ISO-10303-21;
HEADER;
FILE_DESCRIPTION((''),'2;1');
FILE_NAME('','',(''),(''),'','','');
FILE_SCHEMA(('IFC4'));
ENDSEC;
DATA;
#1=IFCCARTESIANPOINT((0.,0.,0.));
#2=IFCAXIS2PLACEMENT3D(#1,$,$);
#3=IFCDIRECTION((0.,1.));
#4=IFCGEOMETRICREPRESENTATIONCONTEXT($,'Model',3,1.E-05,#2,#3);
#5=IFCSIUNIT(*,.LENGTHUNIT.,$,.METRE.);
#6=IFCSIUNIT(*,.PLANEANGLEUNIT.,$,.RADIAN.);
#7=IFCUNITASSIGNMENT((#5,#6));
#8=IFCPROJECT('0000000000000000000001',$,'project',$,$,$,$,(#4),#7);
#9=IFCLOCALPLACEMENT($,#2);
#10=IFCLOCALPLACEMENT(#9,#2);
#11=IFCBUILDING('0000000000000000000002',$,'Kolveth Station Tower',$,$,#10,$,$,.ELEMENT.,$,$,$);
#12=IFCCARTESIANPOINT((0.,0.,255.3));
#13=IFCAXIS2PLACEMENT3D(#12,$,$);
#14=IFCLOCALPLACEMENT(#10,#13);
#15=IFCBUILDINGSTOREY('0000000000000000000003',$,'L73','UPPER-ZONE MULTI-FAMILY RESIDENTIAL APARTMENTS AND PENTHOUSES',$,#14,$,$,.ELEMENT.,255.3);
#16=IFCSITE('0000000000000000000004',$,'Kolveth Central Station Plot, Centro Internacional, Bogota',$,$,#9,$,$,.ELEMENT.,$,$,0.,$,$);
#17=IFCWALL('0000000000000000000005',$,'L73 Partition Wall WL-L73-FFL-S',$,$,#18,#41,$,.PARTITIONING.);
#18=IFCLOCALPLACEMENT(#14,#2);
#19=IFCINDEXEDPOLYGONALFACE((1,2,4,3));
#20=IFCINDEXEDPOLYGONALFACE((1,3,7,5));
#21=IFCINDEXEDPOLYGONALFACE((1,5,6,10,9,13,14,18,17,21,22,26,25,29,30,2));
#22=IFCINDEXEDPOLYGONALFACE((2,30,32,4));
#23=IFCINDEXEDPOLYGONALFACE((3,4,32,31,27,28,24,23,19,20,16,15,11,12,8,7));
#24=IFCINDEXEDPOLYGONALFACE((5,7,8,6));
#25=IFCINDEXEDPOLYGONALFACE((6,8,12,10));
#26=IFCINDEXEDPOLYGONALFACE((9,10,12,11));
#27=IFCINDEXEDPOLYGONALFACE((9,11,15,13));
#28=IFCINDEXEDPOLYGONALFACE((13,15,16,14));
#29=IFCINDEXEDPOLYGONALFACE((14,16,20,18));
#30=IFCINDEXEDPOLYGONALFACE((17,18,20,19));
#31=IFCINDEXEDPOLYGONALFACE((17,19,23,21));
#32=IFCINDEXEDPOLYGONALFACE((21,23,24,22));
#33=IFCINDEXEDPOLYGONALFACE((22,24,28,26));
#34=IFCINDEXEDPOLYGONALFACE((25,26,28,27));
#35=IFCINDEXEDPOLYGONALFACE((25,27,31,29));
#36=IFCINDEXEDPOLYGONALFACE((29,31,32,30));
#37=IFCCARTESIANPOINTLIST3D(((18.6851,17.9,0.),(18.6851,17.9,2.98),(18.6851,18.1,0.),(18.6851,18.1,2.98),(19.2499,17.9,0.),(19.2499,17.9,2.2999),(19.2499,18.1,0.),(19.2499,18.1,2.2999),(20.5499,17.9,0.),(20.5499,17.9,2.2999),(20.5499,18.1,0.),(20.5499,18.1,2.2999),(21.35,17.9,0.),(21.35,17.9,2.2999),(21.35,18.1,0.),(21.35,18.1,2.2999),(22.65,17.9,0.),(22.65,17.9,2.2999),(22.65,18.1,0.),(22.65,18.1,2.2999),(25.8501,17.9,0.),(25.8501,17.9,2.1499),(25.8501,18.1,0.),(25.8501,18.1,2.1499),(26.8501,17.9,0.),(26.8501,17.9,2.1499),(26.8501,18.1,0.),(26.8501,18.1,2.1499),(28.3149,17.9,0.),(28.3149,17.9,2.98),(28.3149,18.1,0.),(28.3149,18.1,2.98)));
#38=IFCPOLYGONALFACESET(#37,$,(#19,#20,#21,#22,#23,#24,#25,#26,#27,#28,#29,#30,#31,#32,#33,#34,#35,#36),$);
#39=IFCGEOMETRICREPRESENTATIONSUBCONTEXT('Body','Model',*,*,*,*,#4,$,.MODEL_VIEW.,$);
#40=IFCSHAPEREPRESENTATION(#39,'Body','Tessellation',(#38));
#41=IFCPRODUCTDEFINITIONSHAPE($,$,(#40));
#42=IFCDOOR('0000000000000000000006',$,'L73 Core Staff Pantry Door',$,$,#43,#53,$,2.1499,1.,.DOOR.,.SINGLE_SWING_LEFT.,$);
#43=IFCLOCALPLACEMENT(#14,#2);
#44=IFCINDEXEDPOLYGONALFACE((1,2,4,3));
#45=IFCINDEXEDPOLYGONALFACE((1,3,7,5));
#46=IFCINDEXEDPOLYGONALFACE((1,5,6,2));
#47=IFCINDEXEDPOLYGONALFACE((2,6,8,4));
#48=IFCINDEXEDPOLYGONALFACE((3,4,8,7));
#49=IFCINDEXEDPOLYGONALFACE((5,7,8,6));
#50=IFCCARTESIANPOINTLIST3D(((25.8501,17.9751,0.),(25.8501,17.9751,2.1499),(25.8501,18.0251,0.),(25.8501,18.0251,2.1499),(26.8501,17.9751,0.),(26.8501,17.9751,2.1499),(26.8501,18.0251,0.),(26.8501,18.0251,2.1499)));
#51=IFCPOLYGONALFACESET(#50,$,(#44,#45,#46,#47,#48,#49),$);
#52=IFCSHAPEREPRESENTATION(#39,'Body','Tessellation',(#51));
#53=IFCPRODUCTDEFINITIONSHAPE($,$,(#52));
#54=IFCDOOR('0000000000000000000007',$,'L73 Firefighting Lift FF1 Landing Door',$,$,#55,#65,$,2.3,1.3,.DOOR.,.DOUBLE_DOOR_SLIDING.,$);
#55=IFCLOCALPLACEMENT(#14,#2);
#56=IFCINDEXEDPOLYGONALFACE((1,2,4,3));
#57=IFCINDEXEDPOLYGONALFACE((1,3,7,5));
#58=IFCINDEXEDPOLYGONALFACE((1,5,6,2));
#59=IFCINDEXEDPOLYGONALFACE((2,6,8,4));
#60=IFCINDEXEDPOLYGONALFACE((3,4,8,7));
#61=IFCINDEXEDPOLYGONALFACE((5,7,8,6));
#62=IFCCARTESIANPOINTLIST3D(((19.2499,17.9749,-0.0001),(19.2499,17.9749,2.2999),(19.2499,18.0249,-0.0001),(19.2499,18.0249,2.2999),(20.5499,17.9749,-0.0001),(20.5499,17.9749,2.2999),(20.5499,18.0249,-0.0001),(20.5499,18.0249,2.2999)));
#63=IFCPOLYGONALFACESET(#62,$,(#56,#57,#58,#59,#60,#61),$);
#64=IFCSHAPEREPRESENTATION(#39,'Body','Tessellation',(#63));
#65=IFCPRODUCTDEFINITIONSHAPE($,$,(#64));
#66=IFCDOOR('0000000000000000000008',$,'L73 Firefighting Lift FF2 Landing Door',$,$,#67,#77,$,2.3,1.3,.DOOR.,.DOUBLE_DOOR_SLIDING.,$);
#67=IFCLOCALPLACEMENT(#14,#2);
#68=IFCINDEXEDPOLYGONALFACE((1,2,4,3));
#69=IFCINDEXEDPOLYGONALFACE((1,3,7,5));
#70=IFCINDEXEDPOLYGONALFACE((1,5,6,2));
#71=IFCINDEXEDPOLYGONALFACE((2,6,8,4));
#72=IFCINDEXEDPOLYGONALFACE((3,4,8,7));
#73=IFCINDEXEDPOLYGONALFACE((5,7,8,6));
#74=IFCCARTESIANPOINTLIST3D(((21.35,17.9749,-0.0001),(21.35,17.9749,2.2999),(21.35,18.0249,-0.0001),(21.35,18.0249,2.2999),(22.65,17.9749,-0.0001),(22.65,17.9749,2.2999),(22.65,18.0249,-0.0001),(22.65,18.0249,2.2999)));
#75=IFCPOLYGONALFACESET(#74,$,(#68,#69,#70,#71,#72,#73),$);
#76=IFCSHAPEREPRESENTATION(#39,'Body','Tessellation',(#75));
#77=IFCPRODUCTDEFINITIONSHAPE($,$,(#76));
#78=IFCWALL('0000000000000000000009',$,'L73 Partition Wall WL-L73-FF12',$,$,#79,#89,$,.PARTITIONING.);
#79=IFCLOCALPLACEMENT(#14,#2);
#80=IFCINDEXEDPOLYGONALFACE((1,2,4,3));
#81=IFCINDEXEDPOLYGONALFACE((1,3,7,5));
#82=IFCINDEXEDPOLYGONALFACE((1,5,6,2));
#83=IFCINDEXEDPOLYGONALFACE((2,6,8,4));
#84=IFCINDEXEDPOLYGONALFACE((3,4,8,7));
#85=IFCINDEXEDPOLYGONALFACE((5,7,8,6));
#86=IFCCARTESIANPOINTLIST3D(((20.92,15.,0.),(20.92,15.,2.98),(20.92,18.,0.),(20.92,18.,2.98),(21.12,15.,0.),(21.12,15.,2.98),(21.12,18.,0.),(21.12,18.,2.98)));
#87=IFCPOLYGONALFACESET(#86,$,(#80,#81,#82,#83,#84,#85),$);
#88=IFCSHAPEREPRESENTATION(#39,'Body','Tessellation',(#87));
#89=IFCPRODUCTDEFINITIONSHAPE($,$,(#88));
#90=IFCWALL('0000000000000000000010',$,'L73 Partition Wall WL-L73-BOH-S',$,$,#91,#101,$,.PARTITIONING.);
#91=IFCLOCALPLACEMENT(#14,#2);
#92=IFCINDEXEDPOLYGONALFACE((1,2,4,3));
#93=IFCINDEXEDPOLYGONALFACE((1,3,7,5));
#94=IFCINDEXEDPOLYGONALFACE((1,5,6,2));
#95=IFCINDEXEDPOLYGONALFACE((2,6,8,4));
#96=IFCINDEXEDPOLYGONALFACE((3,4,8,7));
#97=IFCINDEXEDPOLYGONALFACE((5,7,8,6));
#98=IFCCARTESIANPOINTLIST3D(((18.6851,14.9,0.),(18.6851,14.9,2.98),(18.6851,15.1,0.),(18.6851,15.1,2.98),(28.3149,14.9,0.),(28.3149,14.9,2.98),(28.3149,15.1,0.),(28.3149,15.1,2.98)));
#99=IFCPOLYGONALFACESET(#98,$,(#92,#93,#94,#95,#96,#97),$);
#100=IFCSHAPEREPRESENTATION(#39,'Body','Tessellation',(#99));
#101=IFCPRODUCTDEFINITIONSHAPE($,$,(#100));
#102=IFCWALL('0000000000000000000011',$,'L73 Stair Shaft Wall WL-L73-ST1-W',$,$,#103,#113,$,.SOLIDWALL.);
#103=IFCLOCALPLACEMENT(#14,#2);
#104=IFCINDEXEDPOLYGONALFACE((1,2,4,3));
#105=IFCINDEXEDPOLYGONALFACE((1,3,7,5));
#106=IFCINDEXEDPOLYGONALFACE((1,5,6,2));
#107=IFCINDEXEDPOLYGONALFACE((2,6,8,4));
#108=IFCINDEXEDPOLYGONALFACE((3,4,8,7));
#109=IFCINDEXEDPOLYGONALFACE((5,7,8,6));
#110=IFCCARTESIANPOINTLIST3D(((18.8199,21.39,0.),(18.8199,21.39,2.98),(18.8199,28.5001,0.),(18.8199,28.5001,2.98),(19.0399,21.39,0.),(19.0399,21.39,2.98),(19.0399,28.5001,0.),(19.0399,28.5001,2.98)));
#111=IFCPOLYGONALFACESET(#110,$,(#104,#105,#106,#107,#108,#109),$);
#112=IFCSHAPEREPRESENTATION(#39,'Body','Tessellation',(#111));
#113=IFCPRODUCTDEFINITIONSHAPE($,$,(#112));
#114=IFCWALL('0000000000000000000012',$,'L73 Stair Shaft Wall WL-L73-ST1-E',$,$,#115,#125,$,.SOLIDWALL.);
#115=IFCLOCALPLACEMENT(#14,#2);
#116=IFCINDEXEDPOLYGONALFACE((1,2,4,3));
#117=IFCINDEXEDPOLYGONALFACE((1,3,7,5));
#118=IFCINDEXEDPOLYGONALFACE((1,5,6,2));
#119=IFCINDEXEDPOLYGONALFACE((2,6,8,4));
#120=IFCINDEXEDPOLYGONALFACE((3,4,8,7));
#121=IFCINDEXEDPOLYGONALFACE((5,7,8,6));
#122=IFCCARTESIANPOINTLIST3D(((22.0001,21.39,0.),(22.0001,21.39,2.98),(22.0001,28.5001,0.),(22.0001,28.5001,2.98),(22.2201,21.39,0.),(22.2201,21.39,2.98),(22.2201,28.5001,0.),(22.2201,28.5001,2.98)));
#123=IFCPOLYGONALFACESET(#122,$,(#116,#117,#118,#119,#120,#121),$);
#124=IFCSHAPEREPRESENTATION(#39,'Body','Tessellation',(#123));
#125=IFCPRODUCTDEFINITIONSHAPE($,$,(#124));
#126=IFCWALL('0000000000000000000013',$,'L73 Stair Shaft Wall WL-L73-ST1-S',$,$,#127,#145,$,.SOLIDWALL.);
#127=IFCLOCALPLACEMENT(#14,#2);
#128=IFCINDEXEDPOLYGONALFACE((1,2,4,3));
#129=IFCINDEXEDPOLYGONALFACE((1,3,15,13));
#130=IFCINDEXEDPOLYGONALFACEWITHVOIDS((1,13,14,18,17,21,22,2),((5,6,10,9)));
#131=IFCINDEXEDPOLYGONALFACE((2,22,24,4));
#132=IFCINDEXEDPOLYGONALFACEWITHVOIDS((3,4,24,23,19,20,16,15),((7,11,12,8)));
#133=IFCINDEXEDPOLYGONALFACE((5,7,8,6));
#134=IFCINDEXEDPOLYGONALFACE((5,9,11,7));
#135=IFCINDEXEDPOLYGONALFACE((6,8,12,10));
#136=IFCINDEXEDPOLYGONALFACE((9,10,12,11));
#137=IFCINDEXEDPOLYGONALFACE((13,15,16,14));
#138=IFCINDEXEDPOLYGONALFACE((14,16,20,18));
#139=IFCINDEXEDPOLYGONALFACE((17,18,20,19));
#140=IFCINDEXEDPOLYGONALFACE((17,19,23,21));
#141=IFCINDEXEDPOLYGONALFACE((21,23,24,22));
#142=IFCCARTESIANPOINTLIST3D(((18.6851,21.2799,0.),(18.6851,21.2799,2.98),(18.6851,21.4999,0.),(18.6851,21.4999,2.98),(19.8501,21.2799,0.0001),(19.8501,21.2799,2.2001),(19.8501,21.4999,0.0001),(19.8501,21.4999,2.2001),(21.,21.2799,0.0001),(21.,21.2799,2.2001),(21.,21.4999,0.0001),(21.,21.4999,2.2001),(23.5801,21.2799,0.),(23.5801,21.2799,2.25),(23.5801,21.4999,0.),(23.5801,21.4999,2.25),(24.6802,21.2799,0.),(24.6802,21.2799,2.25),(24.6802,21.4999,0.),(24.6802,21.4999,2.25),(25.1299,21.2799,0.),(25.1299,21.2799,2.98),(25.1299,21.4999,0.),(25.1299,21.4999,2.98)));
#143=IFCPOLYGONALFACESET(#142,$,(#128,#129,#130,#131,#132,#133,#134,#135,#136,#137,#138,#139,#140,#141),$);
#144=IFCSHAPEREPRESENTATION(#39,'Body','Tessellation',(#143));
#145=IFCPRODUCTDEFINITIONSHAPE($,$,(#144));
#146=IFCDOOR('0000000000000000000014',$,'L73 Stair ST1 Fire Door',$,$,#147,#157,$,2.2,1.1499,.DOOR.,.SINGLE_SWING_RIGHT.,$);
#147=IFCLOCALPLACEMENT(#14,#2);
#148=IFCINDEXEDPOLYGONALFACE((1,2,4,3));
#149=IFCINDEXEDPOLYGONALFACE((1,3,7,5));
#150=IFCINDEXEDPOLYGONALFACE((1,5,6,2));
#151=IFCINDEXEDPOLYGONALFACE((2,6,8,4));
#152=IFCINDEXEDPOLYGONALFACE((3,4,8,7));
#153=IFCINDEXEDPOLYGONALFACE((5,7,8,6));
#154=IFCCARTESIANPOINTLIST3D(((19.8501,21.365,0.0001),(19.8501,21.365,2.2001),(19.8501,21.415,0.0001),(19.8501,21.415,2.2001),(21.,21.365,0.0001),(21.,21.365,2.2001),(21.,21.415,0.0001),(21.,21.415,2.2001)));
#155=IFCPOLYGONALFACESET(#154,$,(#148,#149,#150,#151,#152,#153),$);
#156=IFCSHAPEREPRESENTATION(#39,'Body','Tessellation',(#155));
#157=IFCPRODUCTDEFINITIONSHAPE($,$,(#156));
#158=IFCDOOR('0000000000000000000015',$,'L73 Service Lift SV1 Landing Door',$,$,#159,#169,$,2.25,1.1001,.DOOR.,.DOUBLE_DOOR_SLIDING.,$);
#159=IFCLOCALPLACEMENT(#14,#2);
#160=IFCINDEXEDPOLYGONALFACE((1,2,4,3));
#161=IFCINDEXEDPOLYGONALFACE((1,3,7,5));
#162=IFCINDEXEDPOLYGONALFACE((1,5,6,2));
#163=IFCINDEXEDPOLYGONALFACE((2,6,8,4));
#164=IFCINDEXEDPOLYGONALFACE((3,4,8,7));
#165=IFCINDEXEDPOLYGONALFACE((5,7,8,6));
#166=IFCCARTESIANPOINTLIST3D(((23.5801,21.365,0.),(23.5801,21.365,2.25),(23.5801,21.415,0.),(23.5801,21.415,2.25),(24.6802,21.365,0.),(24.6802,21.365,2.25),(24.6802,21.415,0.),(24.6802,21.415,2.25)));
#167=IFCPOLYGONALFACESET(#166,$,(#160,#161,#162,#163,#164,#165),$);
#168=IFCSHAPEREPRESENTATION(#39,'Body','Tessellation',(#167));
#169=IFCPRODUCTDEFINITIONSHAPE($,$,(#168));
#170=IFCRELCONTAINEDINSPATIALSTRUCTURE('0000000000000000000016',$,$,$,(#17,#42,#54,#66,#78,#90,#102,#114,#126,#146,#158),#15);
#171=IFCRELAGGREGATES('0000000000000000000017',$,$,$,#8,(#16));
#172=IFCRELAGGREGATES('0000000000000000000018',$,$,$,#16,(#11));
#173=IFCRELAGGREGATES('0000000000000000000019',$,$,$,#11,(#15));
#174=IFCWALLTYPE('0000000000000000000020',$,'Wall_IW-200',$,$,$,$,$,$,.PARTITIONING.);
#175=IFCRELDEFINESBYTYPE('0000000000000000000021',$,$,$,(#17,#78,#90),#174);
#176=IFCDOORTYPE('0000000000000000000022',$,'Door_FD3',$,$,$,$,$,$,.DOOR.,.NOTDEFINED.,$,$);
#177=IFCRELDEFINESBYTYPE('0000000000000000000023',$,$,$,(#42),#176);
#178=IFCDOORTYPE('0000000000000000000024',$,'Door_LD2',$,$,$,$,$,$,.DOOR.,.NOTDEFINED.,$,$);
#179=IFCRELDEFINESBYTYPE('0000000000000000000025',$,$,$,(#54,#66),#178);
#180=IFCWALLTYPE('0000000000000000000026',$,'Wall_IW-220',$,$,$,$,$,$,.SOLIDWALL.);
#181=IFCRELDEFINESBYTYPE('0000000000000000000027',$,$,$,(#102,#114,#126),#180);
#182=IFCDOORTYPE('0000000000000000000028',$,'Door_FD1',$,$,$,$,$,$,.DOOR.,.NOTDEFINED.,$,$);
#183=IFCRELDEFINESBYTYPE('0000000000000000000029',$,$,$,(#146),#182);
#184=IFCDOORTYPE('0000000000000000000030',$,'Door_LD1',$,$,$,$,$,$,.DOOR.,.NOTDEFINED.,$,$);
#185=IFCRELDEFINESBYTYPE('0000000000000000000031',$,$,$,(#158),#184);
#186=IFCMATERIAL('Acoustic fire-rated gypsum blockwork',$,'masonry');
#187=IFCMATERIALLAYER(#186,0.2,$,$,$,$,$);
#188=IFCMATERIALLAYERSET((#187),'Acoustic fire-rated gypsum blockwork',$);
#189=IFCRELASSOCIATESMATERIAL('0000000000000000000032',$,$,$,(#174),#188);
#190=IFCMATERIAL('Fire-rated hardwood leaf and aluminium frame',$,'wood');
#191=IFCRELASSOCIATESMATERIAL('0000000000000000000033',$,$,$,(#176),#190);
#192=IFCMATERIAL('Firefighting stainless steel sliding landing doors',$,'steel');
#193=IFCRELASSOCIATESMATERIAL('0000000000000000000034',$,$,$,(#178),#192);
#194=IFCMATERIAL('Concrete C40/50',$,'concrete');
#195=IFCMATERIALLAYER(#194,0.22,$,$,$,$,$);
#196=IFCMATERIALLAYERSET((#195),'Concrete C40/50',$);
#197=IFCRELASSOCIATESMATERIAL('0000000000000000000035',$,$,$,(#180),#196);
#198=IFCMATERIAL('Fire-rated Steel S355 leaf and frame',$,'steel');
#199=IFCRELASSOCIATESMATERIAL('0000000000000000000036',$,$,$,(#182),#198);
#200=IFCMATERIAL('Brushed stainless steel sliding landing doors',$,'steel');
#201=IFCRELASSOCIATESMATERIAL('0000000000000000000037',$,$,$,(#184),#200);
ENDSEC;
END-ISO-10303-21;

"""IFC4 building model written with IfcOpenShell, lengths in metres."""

from ifc_helpers import new_model, si_unit, direction, frame, frame_2d, origin, place, context, subcontext, project, spatial, rectangle, extrude, material, layer, layer_set, type_object, element, fill, save


model = new_model("IFC4")

# Units and contexts
model_context = context("Model", 3, precision=1e-05, world=origin(), true_north=direction((0.0, 1.0)))
body_context = subcontext(model_context, "Body", "Model", "MODEL_VIEW")
ifc_project = project(units=[si_unit("LENGTHUNIT", "METRE"), si_unit("PLANEANGLEUNIT", "RADIAN")], contexts=[model_context])

# Site, building, storey
site_placement = place(None, origin())
site = spatial("IfcSite", under=ifc_project, at=site_placement, Name="Kolveth Central Station Plot, Centro Internacional, Bogota", CompositionType="ELEMENT", RefElevation=0.0)
building_placement = place(site_placement, origin())
building = spatial("IfcBuilding", under=site, at=building_placement, Name="Kolveth Station Tower", CompositionType="ELEMENT")
storey_placement = place(building_placement, frame((0.0, 0.0, 255.3)))
storey = spatial("IfcBuildingStorey", under=building, at=storey_placement, Name="L73", Description="UPPER-ZONE MULTI-FAMILY RESIDENTIAL APARTMENTS AND PENTHOUSES", CompositionType="ELEMENT", Elevation=255.3)

# Shared definitions
ifc_material_1 = material(Name="Acoustic fire-rated gypsum blockwork", Category="masonry")
ifc_layer_1 = layer(ifc_material_1, 0.2)
ifc_layer_set_1 = layer_set([ifc_layer_1], Name="Acoustic fire-rated gypsum blockwork")
wall_type_1 = type_object("IfcWallType", Name="Wall_IW-200", PredefinedType="PARTITIONING", material=ifc_layer_set_1)

# Wall, openings, doors
wall_1_placement = place(storey_placement, frame((18.6851, 18.0, 0.0), z_axis=(0.0, 0.0, 1.0), x_axis=(1.0, 0.0, 0.0)))
wall_1 = element("IfcWall", 1, at=wall_1_placement, inside=storey, type_object=wall_type_1, Name="L73 Partition Wall WL-L73-FFL-S", PredefinedType="PARTITIONING", context=body_context, shape_type="SweptSolid", body=[
    extrude(rectangle(XDim=9.6299, YDim=0.2, at=frame_2d((4.8149, 0.0))), origin(), (0.0, 0.0, 1.0), 2.98),
])
opening_1_placement = place(wall_1_placement, frame((0.5649, 0.0, 0.0)))
opening_1 = element("IfcOpeningElement", 2, at=opening_1_placement, cuts=wall_1, PredefinedType="OPENING", context=body_context, shape_type="SweptSolid", body=[
    extrude(rectangle(XDim=1.3, YDim=2.3, at=frame_2d((0.6499, 1.1499))), frame((0.0, 0.1099, 0.0), z_axis=(0.0, -1.0, 0.0), x_axis=(1.0, 0.0, 0.0)), (0.0, 0.0, 1.0), 0.22),
])
opening_2_placement = place(wall_1_placement, frame((2.665, 0.0, 0.0)))
opening_2 = element("IfcOpeningElement", 3, at=opening_2_placement, cuts=wall_1, PredefinedType="OPENING", context=body_context, shape_type="SweptSolid", body=[
    extrude(rectangle(XDim=1.3, YDim=2.3, at=frame_2d((0.6499, 1.1499))), frame((0.0, 0.1099, 0.0), z_axis=(0.0, -1.0, 0.0), x_axis=(1.0, 0.0, 0.0)), (0.0, 0.0, 1.0), 0.22),
])
opening_3_placement = place(wall_1_placement, frame((7.165, 0.0, 0.0)))
opening_3 = element("IfcOpeningElement", 4, at=opening_3_placement, cuts=wall_1, PredefinedType="OPENING", context=body_context, shape_type="SweptSolid", body=[
    extrude(rectangle(XDim=1.0, YDim=2.1499, at=frame_2d((0.5, 1.075))), frame((0.0, 0.1099, 0.0), z_axis=(0.0, -1.0, 0.0), x_axis=(1.0, 0.0, 0.0)), (0.0, 0.0, 1.0), 0.22),
])
ifc_material_2 = material(Name="Fire-rated hardwood leaf and aluminium frame", Category="wood")
door_type_1 = type_object("IfcDoorType", Name="Door_FD3", OperationType="NOTDEFINED", PredefinedType="DOOR", material=ifc_material_2)
door_1_placement = place(opening_3_placement, frame((1.0, 0.0, 0.0), z_axis=(0.0, 0.0, 1.0), x_axis=(-1.0, 0.0, 0.0)))
door_1 = element("IfcDoor", 5, at=door_1_placement, inside=storey, type_object=door_type_1, Name="L73 Core Staff Pantry Door", OperationType="SINGLE_SWING_LEFT", OverallHeight=2.1499, OverallWidth=1.0, PredefinedType="DOOR", context=body_context, shape_type="SweptSolid", body=[
    extrude(rectangle(XDim=1.0, YDim=2.1499, at=frame_2d((0.5, 1.075))), frame((0.0, 0.0249, 0.0), z_axis=(0.0, -1.0, 0.0), x_axis=(1.0, 0.0, 0.0)), (0.0, 0.0, 1.0), 0.05),
])
fill(opening_3, door_1)
ifc_material_3 = material(Name="Firefighting stainless steel sliding landing doors", Category="steel")
door_type_2 = type_object("IfcDoorType", Name="Door_LD2", OperationType="NOTDEFINED", PredefinedType="DOOR", material=ifc_material_3)
door_2_placement = place(opening_1_placement, origin())
door_2 = element("IfcDoor", 6, at=door_2_placement, inside=storey, type_object=door_type_2, Name="L73 Firefighting Lift FF1 Landing Door", OperationType="DOUBLE_DOOR_SLIDING", OverallHeight=2.3, OverallWidth=1.3, PredefinedType="DOOR", context=body_context, shape_type="SweptSolid", body=[
    extrude(rectangle(XDim=1.3, YDim=2.3, at=frame_2d((0.6499, 1.1499))), frame((0.0, 0.0249, 0.0), z_axis=(0.0, -1.0, 0.0), x_axis=(1.0, 0.0, 0.0)), (0.0, 0.0, 1.0), 0.05),
])
fill(opening_1, door_2)
door_3_placement = place(opening_2_placement, origin())
door_3 = element("IfcDoor", 7, at=door_3_placement, inside=storey, type_object=door_type_2, Name="L73 Firefighting Lift FF2 Landing Door", OperationType="DOUBLE_DOOR_SLIDING", OverallHeight=2.3, OverallWidth=1.3, PredefinedType="DOOR", context=body_context, shape_type="SweptSolid", body=[
    extrude(rectangle(XDim=1.3, YDim=2.3, at=frame_2d((0.6499, 1.1499))), frame((0.0, 0.0249, 0.0), z_axis=(0.0, -1.0, 0.0), x_axis=(1.0, 0.0, 0.0)), (0.0, 0.0, 1.0), 0.05),
])
fill(opening_2, door_3)

# Walls
wall_2_placement = place(storey_placement, frame((21.02, 15.0, 0.0), z_axis=(0.0, 0.0, 1.0), x_axis=(0.0, 1.0, 0.0)))
element("IfcWall", 8, at=wall_2_placement, inside=storey, type_object=wall_type_1, Name="L73 Partition Wall WL-L73-FF12", PredefinedType="PARTITIONING", context=body_context, shape_type="SweptSolid", body=[
    extrude(rectangle(XDim=3.0, YDim=0.2, at=frame_2d((1.5, 0.0))), origin(), (0.0, 0.0, 1.0), 2.98),
])
wall_3_placement = place(storey_placement, frame((18.6851, 15.0, 0.0), z_axis=(0.0, 0.0, 1.0), x_axis=(1.0, 0.0, 0.0)))
element("IfcWall", 9, at=wall_3_placement, inside=storey, type_object=wall_type_1, Name="L73 Partition Wall WL-L73-BOH-S", PredefinedType="PARTITIONING", context=body_context, shape_type="SweptSolid", body=[
    extrude(rectangle(XDim=9.6299, YDim=0.2, at=frame_2d((4.8149, 0.0))), origin(), (0.0, 0.0, 1.0), 2.98),
])
ifc_material_4 = material(Name="Concrete C40/50", Category="concrete")
ifc_layer_2 = layer(ifc_material_4, 0.22)
ifc_layer_set_2 = layer_set([ifc_layer_2], Name="Concrete C40/50")
wall_type_2 = type_object("IfcWallType", Name="Wall_IW-220", PredefinedType="SOLIDWALL", material=ifc_layer_set_2)
for number, where, z_axis, x_axis, name in (
    (10, (18.9299, 21.3899, 0.0), (0.0, 0.0, 1.0), (0.0, 1.0, 0.0), "L73 Stair Shaft Wall WL-L73-ST1-W"),
    (11, (22.1101, 21.3899, 0.0), (0.0, 0.0, 1.0), (0.0, 1.0, 0.0), "L73 Stair Shaft Wall WL-L73-ST1-E"),
):
    element("IfcWall", number, at=place(storey_placement, frame(where, z_axis=z_axis, x_axis=x_axis)), inside=storey, type_object=wall_type_2, Name=name, PredefinedType="SOLIDWALL", context=body_context, shape_type="SweptSolid", body=[
        extrude(rectangle(XDim=7.1101, YDim=0.22, at=frame_2d((3.5552, 0.0))), origin(), (0.0, 0.0, 1.0), 2.98),
    ])

# Wall, openings, doors
wall_4_placement = place(storey_placement, frame((18.6851, 21.3899, 0.0), z_axis=(0.0, 0.0, 1.0), x_axis=(1.0, 0.0, 0.0)))
wall_4 = element("IfcWall", 12, at=wall_4_placement, inside=storey, type_object=wall_type_2, Name="L73 Stair Shaft Wall WL-L73-ST1-S", PredefinedType="SOLIDWALL", context=body_context, shape_type="SweptSolid", body=[
    extrude(rectangle(XDim=6.4448, YDim=0.22, at=frame_2d((3.2224, 0.0))), origin(), (0.0, 0.0, 1.0), 2.98),
])
opening_4_placement = place(wall_4_placement, frame((1.165, 0.0, 0.0)))
opening_4 = element("IfcOpeningElement", 13, at=opening_4_placement, cuts=wall_4, PredefinedType="OPENING", context=body_context, shape_type="SweptSolid", body=[
    extrude(rectangle(XDim=1.1499, YDim=2.2, at=frame_2d((0.575, 1.1001))), frame((0.0, 0.1199, 0.0), z_axis=(0.0, -1.0, 0.0), x_axis=(1.0, 0.0, 0.0)), (0.0, 0.0, 1.0), 0.24),
])
opening_5_placement = place(wall_4_placement, frame((4.895, 0.0, 0.0)))
opening_5 = element("IfcOpeningElement", 14, at=opening_5_placement, cuts=wall_4, PredefinedType="OPENING", context=body_context, shape_type="SweptSolid", body=[
    extrude(rectangle(XDim=1.1001, YDim=2.25, at=frame_2d((0.55, 1.125))), frame((0.0, 0.1199, 0.0), z_axis=(0.0, -1.0, 0.0), x_axis=(1.0, 0.0, 0.0)), (0.0, 0.0, 1.0), 0.24),
])
ifc_material_5 = material(Name="Fire-rated Steel S355 leaf and frame", Category="steel")
door_type_3 = type_object("IfcDoorType", Name="Door_FD1", OperationType="NOTDEFINED", PredefinedType="DOOR", material=ifc_material_5)
door_4_placement = place(opening_4_placement, frame((1.1499, 0.0, 0.0), z_axis=(0.0, 0.0, 1.0), x_axis=(-1.0, 0.0, 0.0)))
door_4 = element("IfcDoor", 15, at=door_4_placement, inside=storey, type_object=door_type_3, Name="L73 Stair ST1 Fire Door", OperationType="SINGLE_SWING_RIGHT", OverallHeight=2.2, OverallWidth=1.1499, PredefinedType="DOOR", context=body_context, shape_type="SweptSolid", body=[
    extrude(rectangle(XDim=1.1499, YDim=2.2, at=frame_2d((0.575, 1.1001))), frame((0.0, 0.0249, 0.0), z_axis=(0.0, -1.0, 0.0), x_axis=(1.0, 0.0, 0.0)), (0.0, 0.0, 1.0), 0.05),
])
fill(opening_4, door_4)
ifc_material_6 = material(Name="Brushed stainless steel sliding landing doors", Category="steel")
door_type_4 = type_object("IfcDoorType", Name="Door_LD1", OperationType="NOTDEFINED", PredefinedType="DOOR", material=ifc_material_6)
door_5_placement = place(opening_5_placement, frame((1.1001, 0.0, 0.0), z_axis=(0.0, 0.0, 1.0), x_axis=(-1.0, 0.0, 0.0)))
door_5 = element("IfcDoor", 16, at=door_5_placement, inside=storey, type_object=door_type_4, Name="L73 Service Lift SV1 Landing Door", OperationType="DOUBLE_DOOR_SLIDING", OverallHeight=2.25, OverallWidth=1.1001, PredefinedType="DOOR", context=body_context, shape_type="SweptSolid", body=[
    extrude(rectangle(XDim=1.1001, YDim=2.25, at=frame_2d((0.55, 1.125))), frame((0.0, 0.0249, 0.0), z_axis=(0.0, -1.0, 0.0), x_axis=(1.0, 0.0, 0.0)), (0.0, 0.0, 1.0), 0.05),
])
fill(opening_5, door_5)

save(model, "model.ifc")
